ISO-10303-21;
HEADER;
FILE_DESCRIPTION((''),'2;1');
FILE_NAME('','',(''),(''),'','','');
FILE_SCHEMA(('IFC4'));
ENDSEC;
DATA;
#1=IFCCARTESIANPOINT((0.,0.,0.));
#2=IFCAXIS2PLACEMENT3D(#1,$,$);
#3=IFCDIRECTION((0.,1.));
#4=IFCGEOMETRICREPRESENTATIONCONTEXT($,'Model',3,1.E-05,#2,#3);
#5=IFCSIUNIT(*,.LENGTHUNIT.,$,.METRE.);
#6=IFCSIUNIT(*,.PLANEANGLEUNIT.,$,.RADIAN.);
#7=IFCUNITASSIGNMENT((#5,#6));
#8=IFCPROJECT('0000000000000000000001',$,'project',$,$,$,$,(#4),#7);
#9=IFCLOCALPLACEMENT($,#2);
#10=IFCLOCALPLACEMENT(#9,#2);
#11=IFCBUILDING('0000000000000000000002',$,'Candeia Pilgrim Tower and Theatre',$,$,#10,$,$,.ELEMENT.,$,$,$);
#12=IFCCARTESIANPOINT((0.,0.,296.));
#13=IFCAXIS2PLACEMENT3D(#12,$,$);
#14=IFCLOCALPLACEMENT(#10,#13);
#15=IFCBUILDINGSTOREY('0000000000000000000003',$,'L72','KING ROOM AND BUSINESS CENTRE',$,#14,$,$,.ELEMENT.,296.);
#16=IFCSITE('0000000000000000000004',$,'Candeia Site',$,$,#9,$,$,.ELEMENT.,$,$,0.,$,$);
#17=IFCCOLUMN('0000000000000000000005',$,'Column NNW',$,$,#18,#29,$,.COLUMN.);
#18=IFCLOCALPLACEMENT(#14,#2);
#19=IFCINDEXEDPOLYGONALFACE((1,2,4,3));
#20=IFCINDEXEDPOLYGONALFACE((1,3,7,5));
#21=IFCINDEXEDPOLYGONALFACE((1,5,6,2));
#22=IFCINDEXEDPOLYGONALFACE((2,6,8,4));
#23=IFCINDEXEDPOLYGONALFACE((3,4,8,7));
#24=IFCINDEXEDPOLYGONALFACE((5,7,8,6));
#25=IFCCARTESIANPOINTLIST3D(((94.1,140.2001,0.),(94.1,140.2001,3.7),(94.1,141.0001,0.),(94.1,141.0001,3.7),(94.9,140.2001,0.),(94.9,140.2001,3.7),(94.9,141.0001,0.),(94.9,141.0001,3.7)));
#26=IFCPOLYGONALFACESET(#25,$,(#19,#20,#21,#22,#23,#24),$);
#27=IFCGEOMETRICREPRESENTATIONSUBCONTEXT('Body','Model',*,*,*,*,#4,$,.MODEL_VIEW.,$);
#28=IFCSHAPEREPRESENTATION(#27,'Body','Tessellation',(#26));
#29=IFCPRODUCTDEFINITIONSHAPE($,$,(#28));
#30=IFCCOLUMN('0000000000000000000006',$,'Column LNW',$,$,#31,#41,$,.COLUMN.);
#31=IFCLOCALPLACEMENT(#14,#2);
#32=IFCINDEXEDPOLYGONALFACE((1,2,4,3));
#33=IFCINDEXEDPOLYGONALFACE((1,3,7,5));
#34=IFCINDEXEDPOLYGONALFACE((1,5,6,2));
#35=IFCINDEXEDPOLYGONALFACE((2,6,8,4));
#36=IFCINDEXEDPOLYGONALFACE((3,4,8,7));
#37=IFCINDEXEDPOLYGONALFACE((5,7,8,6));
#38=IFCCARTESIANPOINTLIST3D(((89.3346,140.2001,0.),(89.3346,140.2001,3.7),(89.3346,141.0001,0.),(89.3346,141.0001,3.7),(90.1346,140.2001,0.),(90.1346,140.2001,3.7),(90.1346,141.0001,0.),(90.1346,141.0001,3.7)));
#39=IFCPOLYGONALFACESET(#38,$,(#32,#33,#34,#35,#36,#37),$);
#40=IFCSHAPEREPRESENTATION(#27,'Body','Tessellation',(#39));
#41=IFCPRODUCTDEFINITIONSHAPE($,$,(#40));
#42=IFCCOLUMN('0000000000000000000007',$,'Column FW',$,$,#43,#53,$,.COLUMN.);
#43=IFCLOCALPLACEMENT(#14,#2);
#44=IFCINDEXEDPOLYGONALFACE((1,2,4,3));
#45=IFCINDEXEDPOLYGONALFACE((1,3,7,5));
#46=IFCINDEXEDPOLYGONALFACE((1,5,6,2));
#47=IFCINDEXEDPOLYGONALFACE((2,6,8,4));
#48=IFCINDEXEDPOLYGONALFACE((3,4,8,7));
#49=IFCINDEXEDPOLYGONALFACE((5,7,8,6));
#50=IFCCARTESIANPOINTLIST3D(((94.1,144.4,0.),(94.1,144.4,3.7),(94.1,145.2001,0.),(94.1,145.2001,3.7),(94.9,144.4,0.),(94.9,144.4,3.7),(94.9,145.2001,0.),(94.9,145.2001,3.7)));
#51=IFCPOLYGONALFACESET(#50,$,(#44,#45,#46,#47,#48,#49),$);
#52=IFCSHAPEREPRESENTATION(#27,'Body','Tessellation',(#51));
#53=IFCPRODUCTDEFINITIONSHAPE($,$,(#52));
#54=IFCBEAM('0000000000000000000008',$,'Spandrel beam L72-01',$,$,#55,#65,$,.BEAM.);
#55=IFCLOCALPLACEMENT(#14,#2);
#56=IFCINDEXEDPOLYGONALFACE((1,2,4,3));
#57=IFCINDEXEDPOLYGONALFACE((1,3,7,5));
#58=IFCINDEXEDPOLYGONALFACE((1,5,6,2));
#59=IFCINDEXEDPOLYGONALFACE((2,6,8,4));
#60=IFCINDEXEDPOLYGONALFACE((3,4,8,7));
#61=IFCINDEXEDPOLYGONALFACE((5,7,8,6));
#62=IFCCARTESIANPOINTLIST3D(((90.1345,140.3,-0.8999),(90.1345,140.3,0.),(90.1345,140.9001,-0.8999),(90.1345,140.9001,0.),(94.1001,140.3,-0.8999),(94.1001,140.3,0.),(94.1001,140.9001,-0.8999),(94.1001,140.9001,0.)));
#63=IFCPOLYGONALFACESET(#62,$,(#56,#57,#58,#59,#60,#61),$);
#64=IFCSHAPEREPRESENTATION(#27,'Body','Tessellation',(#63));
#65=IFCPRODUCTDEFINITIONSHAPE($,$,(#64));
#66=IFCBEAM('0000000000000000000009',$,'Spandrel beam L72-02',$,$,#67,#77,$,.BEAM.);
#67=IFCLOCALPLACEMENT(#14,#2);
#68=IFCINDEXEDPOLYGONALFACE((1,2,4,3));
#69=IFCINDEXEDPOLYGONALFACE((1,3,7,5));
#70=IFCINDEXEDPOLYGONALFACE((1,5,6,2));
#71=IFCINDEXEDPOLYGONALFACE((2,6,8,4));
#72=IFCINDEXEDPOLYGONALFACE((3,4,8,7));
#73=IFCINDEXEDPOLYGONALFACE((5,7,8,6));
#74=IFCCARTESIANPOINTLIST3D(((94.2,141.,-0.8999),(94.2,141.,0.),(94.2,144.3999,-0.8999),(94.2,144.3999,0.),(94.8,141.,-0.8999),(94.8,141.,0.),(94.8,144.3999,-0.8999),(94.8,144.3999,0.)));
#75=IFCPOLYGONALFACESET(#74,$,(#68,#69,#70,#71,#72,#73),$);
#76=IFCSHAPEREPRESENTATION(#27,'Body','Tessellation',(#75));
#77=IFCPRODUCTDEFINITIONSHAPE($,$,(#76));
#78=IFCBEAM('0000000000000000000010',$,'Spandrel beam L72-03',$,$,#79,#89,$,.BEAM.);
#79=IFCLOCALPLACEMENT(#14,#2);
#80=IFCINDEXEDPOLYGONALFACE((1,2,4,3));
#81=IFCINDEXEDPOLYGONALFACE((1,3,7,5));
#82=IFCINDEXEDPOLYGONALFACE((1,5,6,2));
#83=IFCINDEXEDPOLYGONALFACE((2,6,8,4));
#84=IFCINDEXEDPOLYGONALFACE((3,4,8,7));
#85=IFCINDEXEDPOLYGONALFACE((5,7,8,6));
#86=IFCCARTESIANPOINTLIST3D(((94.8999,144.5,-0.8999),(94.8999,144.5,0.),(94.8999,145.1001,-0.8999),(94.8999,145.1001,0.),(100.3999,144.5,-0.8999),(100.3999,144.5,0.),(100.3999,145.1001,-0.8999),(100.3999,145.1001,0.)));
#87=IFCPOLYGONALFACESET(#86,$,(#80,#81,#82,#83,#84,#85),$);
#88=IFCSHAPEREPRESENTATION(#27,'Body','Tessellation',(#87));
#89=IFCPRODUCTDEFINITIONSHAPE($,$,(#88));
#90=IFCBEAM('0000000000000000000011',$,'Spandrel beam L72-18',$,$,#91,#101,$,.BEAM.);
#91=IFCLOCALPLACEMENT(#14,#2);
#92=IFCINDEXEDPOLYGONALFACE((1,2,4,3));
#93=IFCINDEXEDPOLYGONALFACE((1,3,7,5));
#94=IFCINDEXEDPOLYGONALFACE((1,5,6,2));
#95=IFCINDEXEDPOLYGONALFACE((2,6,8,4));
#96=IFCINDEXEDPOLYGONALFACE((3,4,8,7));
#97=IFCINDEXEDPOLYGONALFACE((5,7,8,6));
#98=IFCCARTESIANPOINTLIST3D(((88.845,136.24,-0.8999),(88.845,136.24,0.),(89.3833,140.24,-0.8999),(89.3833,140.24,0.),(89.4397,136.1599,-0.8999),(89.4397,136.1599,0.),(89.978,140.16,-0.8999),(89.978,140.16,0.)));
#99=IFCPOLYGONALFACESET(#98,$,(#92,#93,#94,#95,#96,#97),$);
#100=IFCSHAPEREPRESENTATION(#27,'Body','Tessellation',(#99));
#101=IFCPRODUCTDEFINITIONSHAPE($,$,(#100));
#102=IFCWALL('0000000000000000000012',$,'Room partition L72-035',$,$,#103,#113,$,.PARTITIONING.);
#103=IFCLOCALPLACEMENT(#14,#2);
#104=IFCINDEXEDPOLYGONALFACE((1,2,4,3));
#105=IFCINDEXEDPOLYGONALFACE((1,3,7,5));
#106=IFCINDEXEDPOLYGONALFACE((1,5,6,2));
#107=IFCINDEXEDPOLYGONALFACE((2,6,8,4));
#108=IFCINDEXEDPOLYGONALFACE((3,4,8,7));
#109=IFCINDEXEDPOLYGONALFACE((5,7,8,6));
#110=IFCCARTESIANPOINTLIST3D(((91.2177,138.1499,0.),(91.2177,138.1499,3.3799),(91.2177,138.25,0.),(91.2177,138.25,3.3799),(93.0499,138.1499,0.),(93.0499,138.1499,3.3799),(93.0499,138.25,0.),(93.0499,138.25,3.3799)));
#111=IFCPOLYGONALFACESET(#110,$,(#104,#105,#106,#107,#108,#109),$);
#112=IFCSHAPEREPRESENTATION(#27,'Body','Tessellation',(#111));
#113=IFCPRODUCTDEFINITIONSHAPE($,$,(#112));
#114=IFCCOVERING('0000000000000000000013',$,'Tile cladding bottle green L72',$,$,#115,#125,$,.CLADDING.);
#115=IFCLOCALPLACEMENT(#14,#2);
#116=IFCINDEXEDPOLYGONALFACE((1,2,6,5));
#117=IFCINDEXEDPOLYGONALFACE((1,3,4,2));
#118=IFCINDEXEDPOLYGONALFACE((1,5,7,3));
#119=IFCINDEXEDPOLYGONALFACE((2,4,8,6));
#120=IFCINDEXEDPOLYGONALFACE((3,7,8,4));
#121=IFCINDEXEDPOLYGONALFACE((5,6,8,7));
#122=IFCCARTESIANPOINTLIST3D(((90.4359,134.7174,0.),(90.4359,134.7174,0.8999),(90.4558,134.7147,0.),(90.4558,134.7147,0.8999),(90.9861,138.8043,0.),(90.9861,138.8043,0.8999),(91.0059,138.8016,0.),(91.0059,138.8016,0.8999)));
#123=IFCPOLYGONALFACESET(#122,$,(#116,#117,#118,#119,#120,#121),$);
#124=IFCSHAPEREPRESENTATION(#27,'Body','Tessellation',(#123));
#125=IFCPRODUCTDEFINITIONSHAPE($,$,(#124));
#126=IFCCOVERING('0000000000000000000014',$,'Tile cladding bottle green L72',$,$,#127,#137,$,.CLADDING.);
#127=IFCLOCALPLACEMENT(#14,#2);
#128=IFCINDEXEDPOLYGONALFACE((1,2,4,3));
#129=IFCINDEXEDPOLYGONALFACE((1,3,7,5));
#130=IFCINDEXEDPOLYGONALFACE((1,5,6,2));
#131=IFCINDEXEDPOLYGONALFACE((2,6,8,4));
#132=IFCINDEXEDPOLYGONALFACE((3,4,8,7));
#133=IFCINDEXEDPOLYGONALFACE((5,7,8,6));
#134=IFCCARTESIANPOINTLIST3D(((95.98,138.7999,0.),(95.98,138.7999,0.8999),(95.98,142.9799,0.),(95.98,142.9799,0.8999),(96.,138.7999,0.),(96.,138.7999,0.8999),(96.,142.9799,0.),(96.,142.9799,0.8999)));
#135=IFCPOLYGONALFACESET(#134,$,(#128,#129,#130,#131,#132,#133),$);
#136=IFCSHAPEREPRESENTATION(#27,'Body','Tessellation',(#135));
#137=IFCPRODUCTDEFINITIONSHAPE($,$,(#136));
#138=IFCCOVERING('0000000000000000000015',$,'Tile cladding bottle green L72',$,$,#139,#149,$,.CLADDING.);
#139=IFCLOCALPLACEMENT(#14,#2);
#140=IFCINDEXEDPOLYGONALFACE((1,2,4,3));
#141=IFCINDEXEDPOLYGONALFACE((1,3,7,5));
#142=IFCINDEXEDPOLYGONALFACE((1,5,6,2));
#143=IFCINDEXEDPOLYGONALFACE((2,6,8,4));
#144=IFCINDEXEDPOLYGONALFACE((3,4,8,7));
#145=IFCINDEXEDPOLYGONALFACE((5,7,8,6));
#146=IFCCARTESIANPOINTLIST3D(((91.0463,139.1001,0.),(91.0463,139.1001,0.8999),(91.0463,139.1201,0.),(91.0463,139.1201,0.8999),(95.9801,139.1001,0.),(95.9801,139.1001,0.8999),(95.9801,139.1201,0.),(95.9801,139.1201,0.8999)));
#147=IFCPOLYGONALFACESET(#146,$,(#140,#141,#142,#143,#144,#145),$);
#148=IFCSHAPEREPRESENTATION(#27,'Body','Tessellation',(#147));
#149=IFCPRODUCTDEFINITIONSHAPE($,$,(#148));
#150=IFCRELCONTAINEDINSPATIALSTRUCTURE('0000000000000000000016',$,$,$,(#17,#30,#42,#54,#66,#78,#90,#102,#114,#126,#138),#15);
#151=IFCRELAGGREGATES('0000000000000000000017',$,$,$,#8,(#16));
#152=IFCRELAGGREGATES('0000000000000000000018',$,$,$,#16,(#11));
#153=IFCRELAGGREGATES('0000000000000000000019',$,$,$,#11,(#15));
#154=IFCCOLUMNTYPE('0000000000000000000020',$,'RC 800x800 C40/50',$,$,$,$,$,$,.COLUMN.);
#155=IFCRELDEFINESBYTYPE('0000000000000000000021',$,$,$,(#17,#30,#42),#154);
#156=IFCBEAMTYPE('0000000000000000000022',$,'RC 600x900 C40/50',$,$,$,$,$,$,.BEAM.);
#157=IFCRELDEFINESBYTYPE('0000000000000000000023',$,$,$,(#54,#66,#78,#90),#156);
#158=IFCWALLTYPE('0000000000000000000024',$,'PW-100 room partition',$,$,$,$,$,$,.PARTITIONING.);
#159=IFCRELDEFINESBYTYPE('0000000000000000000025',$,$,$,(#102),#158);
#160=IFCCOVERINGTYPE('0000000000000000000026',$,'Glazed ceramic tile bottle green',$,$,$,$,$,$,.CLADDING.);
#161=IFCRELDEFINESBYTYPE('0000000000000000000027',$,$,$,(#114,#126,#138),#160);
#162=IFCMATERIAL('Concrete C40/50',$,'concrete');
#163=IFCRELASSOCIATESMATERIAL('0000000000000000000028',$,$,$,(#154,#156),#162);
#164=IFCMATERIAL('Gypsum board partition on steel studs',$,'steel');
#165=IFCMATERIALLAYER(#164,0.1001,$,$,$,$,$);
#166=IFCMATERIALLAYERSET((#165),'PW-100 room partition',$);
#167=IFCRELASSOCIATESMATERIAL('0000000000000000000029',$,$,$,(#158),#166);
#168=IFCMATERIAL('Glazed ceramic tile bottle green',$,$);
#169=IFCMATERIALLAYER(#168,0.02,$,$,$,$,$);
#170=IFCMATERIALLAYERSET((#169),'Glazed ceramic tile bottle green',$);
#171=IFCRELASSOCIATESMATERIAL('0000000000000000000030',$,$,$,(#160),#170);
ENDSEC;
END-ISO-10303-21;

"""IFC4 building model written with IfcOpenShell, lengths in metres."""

from ifc_helpers import new_model, si_unit, direction, frame, frame_2d, origin, origin_2d, place, context, subcontext, project, spatial, rectangle, extrude, material, layer, layer_set, material_profile, profile_set, type_object, element, save


model = new_model("IFC4")

# Units and contexts
model_context = context("Model", 3, precision=1e-05, world=origin(), true_north=direction((0.0, 1.0)))
body_context = subcontext(model_context, "Body", "Model", "MODEL_VIEW")
ifc_project = project(units=[si_unit("LENGTHUNIT", "METRE"), si_unit("PLANEANGLEUNIT", "RADIAN")], contexts=[model_context])

# Site, building, storey
site_placement = place(None, origin())
site = spatial("IfcSite", under=ifc_project, at=site_placement, Name="Candeia Site", CompositionType="ELEMENT", RefElevation=0.0)
building_placement = place(site_placement, origin())
building = spatial("IfcBuilding", under=site, at=building_placement, Name="Candeia Pilgrim Tower and Theatre", CompositionType="ELEMENT")
storey_placement = place(building_placement, frame((0.0, 0.0, 296.0)))
storey = spatial("IfcBuildingStorey", under=building, at=storey_placement, Name="L72", Description="KING ROOM AND BUSINESS CENTRE", CompositionType="ELEMENT", Elevation=296.0)

# Columns
ifc_material_1 = material(Name="Concrete C40/50", Category="concrete")
ifc_material_profile_1 = material_profile(ifc_material_1, rectangle(XDim=0.8, YDim=0.8, at=origin_2d()))
ifc_profile_set_1 = profile_set([ifc_material_profile_1], Name="Concrete C40/50")
column_type = type_object("IfcColumnType", Name="RC 800x800 C40/50", PredefinedType="COLUMN", material=ifc_profile_set_1)
for number, where, z_axis, x_axis, name in (
    (1, (94.5, 140.6001, 0.0), (0.0, 0.0, 1.0), (1.0, 0.0, 0.0), "Column NNW"),
    (2, (89.7346, 140.6001, 0.0), (0.0, 0.0, 1.0), (1.0, 0.0, 0.0), "Column LNW"),
    (3, (94.5, 144.8, 0.0), (0.0, 0.0, 1.0), (1.0, 0.0, 0.0), "Column FW"),
):
    element("IfcColumn", number, at=place(storey_placement, frame(where, z_axis=z_axis, x_axis=x_axis)), inside=storey, type_object=column_type, Name=name, PredefinedType="COLUMN", context=body_context, shape_type="SweptSolid", body=[
        extrude(rectangle(XDim=0.8, YDim=0.8, at=origin_2d()), origin(), (0.0, 0.0, 1.0), 3.7),
    ])

# Beams
ifc_material_profile_2 = material_profile(ifc_material_1, rectangle(XDim=0.6001, YDim=0.8999, at=origin_2d()))
ifc_profile_set_2 = profile_set([ifc_material_profile_2], Name="Concrete C40/50")
beam_type = type_object("IfcBeamType", Name="RC 600x900 C40/50", PredefinedType="BEAM", material=ifc_profile_set_2)
beam_1_placement = place(storey_placement, frame((90.1345, 140.6001, -0.45), z_axis=(1.0, 0.0, 0.0), x_axis=(0.0, 1.0, 0.0)))
element("IfcBeam", 4, at=beam_1_placement, inside=storey, type_object=beam_type, Name="Spandrel beam L72-01", PredefinedType="BEAM", context=body_context, shape_type="SweptSolid", body=[
    extrude(rectangle(XDim=0.6001, YDim=0.8999, at=origin_2d()), origin(), (0.0, 0.0, 1.0), 3.9656),
])
beam_2_placement = place(storey_placement, frame((94.5, 141.0, -0.45), z_axis=(0.0, 1.0, 0.0), x_axis=(-1.0, 0.0, 0.0)))
element("IfcBeam", 5, at=beam_2_placement, inside=storey, type_object=beam_type, Name="Spandrel beam L72-02", PredefinedType="BEAM", context=body_context, shape_type="SweptSolid", body=[
    extrude(rectangle(XDim=0.6001, YDim=0.8999, at=origin_2d()), origin(), (0.0, 0.0, 1.0), 3.3999),
])
beam_3_placement = place(storey_placement, frame((94.8999, 144.8, -0.45), z_axis=(1.0, 0.0, 0.0), x_axis=(0.0, 1.0, 0.0)))
element("IfcBeam", 6, at=beam_3_placement, inside=storey, type_object=beam_type, Name="Spandrel beam L72-03", PredefinedType="BEAM", context=body_context, shape_type="SweptSolid", body=[
    extrude(rectangle(XDim=0.6001, YDim=0.8999, at=origin_2d()), origin(), (0.0, 0.0, 1.0), 5.5),
])
beam_4_placement = place(storey_placement, frame((89.1423, 136.2, -0.45), z_axis=(0.13338, 0.991065, 0.0), x_axis=(-0.991065, 0.13338, 0.0)))
element("IfcBeam", 7, at=beam_4_placement, inside=storey, type_object=beam_type, Name="Spandrel beam L72-18", PredefinedType="BEAM", context=body_context, shape_type="SweptSolid", body=[
    extrude(rectangle(XDim=0.6001, YDim=0.8999, at=origin_2d()), origin(), (0.0, 0.0, 1.0), 4.0361),
])

# Wall
ifc_material_2 = material(Name="Gypsum board partition on steel studs", Category="steel")
ifc_layer_1 = layer(ifc_material_2, 0.1001)
ifc_layer_set_1 = layer_set([ifc_layer_1], Name="PW-100 room partition")
wall_type_1 = type_object("IfcWallType", Name="PW-100 room partition", PredefinedType="PARTITIONING", material=ifc_layer_set_1)
wall_1_placement = place(storey_placement, frame((91.2178, 138.2, 0.0), z_axis=(0.0, 0.0, 1.0), x_axis=(1.0, 0.0, 0.0)))
element("IfcWall", 8, at=wall_1_placement, inside=storey, type_object=wall_type_1, Name="Room partition L72-035", PredefinedType="PARTITIONING", context=body_context, shape_type="SweptSolid", body=[
    extrude(rectangle(XDim=1.8323, YDim=0.1001, at=frame_2d((0.916, 0.0))), origin(), (0.0, 0.0, 1.0), 3.3799),
])

# Coverings
ifc_material_3 = material(Name="Glazed ceramic tile bottle green")
ifc_layer_2 = layer(ifc_material_3, 0.02)
ifc_layer_set_2 = layer_set([ifc_layer_2], Name="Glazed ceramic tile bottle green")
covering_type = type_object("IfcCoveringType", Name="Glazed ceramic tile bottle green", PredefinedType="CLADDING", material=ifc_layer_set_2)
covering_1_placement = place(storey_placement, frame((90.7209, 136.7595, 0.0), z_axis=(0.0, 0.0, 1.0), x_axis=(-0.133412, -0.991061, 0.0)))
element("IfcCovering", 9, at=covering_1_placement, inside=storey, type_object=covering_type, Name="Tile cladding bottle green L72", PredefinedType="CLADDING", context=body_context, shape_type="SweptSolid", body=[
    extrude(rectangle(XDim=4.1238, YDim=0.02, at=origin_2d()), origin(), (0.0, 0.0, 1.0), 0.8999),
])
covering_2_placement = place(storey_placement, frame((95.99, 140.8899, 0.0), z_axis=(0.0, 0.0, 1.0), x_axis=(0.0, -1.0, 0.0)))
element("IfcCovering", 10, at=covering_2_placement, inside=storey, type_object=covering_type, Name="Tile cladding bottle green L72", PredefinedType="CLADDING", context=body_context, shape_type="SweptSolid", body=[
    extrude(rectangle(XDim=4.1799, YDim=0.02, at=origin_2d()), origin(), (0.0, 0.0, 1.0), 0.8999),
])
covering_3_placement = place(storey_placement, frame((93.5132, 139.1101, 0.0), z_axis=(0.0, 0.0, 1.0), x_axis=(-1.0, 0.0, 0.0)))
element("IfcCovering", 11, at=covering_3_placement, inside=storey, type_object=covering_type, Name="Tile cladding bottle green L72", PredefinedType="CLADDING", context=body_context, shape_type="SweptSolid", body=[
    extrude(rectangle(XDim=4.9338, YDim=0.02, at=origin_2d()), origin(), (0.0, 0.0, 1.0), 0.8999),
])

save(model, "model.ifc")
